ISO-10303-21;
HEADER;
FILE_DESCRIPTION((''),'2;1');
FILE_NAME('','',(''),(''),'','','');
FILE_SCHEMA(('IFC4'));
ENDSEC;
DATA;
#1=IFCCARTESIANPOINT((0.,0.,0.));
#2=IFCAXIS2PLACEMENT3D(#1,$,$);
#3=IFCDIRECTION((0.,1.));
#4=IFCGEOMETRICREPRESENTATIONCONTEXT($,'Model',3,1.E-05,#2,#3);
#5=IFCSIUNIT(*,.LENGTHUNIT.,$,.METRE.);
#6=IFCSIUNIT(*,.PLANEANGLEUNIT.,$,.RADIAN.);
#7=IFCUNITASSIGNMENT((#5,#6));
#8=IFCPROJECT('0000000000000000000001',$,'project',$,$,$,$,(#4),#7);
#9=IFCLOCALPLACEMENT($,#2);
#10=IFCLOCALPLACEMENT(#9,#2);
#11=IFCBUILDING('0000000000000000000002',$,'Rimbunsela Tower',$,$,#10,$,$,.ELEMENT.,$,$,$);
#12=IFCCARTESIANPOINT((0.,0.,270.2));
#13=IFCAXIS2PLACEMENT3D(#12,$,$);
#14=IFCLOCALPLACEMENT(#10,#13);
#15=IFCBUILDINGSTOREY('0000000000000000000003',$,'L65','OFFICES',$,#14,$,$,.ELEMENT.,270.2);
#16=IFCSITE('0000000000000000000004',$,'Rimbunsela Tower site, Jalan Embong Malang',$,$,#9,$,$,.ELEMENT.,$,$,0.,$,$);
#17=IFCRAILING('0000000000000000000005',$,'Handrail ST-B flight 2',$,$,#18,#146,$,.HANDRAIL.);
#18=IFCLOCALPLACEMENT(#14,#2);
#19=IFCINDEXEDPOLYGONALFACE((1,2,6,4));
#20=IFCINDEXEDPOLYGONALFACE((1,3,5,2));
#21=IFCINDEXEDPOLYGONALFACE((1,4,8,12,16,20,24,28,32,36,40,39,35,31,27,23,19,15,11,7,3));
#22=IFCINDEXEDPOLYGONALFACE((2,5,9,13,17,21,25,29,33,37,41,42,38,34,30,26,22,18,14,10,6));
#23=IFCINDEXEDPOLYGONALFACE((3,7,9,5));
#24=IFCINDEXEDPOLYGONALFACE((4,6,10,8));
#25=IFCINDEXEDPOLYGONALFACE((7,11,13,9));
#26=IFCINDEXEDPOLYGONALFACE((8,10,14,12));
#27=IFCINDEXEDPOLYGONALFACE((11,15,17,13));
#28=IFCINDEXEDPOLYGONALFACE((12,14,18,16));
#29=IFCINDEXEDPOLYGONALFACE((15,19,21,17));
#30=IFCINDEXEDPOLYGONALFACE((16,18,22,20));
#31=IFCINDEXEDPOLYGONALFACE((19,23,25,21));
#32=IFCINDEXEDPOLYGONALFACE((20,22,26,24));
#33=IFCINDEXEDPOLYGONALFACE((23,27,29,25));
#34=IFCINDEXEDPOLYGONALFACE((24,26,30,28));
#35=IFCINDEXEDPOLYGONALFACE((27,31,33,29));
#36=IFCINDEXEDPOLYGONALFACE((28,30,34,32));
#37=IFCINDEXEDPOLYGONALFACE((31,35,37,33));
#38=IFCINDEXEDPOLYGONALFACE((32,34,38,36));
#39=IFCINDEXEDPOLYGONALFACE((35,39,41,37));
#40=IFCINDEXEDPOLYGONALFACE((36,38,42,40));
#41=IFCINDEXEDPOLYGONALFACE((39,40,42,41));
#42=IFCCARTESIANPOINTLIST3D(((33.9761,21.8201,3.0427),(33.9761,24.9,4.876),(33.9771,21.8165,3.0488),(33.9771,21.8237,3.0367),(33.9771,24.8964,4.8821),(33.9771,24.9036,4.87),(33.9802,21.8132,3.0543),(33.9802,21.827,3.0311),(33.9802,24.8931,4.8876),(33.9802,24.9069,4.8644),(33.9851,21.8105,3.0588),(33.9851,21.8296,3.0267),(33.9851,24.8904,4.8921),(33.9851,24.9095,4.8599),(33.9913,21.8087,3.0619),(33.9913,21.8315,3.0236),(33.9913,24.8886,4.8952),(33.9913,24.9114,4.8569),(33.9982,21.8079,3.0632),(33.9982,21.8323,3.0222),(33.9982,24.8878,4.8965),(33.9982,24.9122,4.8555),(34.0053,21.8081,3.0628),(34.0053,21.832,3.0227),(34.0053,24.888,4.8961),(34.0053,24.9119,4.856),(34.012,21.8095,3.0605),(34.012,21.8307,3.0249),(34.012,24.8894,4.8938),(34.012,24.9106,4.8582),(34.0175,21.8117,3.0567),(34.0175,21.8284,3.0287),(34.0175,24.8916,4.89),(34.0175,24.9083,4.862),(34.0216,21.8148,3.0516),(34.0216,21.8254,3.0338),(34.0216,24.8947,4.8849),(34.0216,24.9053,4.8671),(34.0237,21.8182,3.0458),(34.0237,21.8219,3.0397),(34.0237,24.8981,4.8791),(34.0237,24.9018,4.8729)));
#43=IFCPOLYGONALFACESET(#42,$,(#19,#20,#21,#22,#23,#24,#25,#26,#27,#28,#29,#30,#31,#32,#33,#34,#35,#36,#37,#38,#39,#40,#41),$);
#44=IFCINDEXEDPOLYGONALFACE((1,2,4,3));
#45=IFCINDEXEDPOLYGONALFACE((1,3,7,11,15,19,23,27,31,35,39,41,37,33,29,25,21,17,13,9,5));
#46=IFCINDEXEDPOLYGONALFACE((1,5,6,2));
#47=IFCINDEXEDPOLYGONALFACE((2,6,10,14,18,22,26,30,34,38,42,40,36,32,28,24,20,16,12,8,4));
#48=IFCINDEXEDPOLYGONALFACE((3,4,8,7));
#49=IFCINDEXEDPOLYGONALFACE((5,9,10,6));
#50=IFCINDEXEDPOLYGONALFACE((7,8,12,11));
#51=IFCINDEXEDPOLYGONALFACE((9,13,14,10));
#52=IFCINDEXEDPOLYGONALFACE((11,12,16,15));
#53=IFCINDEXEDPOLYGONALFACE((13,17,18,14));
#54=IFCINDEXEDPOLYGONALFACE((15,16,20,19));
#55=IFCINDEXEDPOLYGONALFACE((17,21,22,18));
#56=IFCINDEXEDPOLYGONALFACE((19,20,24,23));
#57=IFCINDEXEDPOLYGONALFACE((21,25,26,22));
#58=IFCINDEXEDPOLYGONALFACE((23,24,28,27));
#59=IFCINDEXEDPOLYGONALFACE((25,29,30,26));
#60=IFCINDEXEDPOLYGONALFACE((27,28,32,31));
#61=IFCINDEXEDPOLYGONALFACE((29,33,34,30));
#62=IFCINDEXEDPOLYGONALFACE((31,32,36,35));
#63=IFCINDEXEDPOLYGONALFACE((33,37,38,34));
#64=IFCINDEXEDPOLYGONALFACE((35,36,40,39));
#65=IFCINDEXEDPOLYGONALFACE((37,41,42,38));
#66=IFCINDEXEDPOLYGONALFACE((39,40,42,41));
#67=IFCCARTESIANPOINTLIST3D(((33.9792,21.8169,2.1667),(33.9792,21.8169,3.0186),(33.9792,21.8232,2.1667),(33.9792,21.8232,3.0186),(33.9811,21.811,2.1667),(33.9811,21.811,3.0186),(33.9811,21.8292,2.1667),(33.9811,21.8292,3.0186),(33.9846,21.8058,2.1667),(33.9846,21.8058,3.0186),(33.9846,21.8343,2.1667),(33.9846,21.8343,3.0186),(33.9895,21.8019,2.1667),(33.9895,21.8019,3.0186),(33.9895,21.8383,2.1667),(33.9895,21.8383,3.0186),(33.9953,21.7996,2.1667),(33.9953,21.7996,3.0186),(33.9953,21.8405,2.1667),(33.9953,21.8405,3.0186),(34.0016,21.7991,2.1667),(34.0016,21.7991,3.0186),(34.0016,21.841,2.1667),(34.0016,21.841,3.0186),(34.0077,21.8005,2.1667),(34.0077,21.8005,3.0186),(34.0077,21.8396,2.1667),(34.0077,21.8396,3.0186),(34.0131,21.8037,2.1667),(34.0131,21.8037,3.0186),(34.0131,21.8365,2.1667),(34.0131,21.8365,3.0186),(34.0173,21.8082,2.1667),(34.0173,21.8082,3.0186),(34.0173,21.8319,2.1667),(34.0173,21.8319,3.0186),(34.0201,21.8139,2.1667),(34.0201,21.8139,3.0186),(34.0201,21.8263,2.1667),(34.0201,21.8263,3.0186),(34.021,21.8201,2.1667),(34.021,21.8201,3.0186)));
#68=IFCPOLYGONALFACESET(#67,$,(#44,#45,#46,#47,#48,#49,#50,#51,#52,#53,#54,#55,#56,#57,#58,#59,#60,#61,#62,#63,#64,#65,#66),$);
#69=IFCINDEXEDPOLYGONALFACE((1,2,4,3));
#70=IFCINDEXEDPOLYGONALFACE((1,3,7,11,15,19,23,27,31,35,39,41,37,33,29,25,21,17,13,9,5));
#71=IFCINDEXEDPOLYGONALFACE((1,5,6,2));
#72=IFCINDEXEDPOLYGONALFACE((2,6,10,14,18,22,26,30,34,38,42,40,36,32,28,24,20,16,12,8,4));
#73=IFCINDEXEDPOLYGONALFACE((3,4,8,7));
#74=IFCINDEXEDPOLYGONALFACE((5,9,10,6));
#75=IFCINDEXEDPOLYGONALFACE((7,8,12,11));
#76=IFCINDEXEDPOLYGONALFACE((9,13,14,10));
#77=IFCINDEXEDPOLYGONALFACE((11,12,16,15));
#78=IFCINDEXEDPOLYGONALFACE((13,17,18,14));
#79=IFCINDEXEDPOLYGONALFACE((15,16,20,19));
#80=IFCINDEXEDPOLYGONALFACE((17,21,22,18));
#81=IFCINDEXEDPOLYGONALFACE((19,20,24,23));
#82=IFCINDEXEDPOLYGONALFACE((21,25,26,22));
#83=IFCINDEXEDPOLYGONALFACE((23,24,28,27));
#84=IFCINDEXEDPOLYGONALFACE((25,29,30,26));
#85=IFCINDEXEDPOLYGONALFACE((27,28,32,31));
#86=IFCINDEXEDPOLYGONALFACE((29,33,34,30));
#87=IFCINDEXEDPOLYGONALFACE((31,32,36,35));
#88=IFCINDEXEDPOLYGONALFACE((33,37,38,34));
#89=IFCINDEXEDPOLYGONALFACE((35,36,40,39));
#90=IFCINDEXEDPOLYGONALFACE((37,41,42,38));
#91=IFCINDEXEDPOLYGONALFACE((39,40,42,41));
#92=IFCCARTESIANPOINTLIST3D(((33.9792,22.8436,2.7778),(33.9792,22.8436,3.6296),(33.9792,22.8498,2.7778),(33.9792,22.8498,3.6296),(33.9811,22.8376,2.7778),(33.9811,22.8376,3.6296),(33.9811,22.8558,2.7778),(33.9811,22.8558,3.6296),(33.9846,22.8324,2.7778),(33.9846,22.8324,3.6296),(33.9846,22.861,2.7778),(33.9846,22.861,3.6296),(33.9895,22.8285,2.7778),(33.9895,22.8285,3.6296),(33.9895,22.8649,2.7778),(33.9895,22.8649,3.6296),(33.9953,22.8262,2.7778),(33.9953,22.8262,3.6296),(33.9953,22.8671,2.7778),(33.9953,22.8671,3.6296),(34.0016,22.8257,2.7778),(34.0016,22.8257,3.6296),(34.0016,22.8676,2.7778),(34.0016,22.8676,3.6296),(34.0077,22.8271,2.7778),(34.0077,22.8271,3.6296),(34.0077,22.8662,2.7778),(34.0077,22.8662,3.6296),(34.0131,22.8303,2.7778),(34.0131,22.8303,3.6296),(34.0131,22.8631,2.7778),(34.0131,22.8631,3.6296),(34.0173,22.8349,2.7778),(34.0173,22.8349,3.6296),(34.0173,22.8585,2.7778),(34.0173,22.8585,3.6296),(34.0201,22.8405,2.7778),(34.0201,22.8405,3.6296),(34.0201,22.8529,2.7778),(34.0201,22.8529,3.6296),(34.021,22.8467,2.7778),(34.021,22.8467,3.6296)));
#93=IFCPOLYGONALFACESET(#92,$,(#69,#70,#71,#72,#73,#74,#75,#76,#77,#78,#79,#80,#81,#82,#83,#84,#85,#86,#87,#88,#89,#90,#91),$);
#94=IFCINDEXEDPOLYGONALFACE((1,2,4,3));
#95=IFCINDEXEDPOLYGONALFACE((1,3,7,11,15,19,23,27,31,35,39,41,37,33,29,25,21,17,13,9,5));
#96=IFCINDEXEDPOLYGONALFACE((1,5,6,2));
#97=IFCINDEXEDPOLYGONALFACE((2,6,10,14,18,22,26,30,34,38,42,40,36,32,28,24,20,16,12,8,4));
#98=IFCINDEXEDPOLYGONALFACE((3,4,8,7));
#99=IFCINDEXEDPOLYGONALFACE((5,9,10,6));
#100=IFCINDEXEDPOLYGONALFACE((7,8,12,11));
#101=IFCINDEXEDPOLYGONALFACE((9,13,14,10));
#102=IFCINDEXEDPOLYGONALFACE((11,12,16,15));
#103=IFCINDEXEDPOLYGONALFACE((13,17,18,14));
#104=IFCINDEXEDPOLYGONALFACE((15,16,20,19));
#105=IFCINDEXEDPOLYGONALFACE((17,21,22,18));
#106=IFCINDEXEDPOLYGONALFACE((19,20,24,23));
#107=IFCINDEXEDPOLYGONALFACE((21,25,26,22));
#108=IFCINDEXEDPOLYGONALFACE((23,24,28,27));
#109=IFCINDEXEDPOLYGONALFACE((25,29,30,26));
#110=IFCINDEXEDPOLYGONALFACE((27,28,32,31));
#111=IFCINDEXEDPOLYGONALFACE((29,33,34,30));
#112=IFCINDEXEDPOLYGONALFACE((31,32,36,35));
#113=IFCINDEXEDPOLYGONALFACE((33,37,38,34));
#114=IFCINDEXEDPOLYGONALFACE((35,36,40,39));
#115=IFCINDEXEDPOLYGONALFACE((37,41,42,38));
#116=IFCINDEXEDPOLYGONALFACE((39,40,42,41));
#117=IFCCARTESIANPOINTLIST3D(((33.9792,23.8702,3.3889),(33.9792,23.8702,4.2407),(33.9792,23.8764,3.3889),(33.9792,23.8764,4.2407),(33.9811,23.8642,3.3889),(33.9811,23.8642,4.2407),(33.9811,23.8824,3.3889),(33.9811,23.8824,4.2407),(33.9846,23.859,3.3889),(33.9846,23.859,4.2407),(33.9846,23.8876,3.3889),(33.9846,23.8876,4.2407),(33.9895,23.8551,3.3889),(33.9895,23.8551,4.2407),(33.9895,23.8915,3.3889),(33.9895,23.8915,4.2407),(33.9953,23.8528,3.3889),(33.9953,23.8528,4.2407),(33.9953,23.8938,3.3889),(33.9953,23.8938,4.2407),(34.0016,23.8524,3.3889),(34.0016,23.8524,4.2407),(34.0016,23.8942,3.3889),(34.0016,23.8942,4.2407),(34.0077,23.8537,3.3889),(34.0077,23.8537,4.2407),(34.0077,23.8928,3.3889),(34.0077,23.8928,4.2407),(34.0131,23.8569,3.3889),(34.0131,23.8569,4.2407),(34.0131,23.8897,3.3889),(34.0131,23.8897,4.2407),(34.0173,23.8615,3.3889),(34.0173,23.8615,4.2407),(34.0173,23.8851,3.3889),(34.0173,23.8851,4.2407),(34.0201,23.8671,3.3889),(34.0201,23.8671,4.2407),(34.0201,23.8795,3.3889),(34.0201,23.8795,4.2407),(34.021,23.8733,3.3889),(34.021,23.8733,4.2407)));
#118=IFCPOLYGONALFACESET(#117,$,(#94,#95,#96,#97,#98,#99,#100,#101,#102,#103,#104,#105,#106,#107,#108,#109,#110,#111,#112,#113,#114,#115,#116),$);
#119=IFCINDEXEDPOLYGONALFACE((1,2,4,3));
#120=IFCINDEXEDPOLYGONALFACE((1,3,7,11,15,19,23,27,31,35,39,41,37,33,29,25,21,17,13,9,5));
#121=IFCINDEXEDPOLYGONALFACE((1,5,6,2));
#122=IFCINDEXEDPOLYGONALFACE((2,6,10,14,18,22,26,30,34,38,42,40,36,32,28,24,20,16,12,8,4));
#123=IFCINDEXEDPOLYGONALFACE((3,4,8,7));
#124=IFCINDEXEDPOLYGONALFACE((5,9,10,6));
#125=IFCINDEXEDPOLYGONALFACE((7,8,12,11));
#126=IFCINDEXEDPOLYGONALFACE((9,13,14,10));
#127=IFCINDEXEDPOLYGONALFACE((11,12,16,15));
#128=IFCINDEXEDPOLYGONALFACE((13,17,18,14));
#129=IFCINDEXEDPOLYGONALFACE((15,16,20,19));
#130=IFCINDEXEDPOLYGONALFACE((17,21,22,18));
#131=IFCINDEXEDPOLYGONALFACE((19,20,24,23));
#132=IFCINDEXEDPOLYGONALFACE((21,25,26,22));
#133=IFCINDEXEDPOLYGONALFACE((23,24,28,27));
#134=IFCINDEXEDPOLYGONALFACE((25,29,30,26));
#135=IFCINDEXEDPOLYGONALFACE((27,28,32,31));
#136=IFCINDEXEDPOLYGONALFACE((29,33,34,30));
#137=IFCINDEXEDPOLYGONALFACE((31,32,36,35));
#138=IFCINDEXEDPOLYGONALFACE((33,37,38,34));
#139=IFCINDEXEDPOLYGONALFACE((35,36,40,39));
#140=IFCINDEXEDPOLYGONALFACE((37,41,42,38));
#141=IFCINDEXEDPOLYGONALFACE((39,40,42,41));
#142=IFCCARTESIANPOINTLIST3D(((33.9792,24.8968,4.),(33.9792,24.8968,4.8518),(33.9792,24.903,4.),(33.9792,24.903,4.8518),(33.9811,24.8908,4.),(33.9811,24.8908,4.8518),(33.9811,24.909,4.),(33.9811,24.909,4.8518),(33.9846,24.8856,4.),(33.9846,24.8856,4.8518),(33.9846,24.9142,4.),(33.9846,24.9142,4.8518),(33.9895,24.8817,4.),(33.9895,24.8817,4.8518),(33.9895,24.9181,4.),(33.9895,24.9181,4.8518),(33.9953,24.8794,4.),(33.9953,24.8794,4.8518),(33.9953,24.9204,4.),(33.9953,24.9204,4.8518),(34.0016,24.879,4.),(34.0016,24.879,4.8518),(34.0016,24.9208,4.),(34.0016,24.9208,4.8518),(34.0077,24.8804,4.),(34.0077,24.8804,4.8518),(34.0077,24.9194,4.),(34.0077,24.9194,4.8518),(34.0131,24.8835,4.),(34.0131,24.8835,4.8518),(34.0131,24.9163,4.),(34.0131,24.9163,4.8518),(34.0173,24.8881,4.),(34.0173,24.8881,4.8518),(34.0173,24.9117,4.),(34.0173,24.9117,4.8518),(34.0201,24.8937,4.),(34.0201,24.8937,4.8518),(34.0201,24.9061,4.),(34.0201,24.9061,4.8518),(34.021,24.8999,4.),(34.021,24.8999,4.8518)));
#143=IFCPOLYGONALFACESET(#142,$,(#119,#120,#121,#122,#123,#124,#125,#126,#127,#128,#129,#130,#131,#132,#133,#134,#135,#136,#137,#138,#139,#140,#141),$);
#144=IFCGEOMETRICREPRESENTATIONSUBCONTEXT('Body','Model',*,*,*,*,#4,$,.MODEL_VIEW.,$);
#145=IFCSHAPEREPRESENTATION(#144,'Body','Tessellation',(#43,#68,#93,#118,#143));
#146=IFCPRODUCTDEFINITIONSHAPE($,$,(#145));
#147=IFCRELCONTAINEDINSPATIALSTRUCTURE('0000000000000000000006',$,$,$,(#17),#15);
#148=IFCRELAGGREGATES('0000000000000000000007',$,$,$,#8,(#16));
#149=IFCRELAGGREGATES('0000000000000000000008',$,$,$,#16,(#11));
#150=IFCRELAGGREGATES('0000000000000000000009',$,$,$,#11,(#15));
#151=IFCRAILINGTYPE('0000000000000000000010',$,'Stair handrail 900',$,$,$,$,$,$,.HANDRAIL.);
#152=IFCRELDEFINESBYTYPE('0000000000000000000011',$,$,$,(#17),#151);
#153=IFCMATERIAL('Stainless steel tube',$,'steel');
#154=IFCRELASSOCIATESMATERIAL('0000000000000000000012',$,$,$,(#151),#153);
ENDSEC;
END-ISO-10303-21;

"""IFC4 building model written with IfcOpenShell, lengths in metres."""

from ifc_helpers import new_model, si_unit, direction, frame, origin, origin_2d, place, context, subcontext, project, spatial, circle, extrude, material, type_object, element, save


model = new_model("IFC4")

# Units and contexts
model_context = context("Model", 3, precision=1e-05, world=origin(), true_north=direction((0.0, 1.0)))
body_context = subcontext(model_context, "Body", "Model", "MODEL_VIEW")
ifc_project = project(units=[si_unit("LENGTHUNIT", "METRE"), si_unit("PLANEANGLEUNIT", "RADIAN")], contexts=[model_context])

# Site, building, storey
site_placement = place(None, origin())
site = spatial("IfcSite", under=ifc_project, at=site_placement, Name="Rimbunsela Tower site, Jalan Embong Malang", CompositionType="ELEMENT", RefElevation=0.0)
building_placement = place(site_placement, origin())
building = spatial("IfcBuilding", under=site, at=building_placement, Name="Rimbunsela Tower", CompositionType="ELEMENT")
storey_placement = place(building_placement, frame((0.0, 0.0, 270.2)))
storey = spatial("IfcBuildingStorey", under=building, at=storey_placement, Name="L65", Description="OFFICES", CompositionType="ELEMENT", Elevation=270.2)

# Railing
ifc_material_1 = material(Name="Stainless steel tube", Category="steel")
railing_type = type_object("IfcRailingType", Name="Stair handrail 900", PredefinedType="HANDRAIL", material=ifc_material_1)
railing_placement = place(storey_placement, frame((34.0, 21.8201, 2.1667)))
element("IfcRailing", 1, at=railing_placement, inside=storey, type_object=railing_type, Name="Handrail ST-B flight 2", PredefinedType="HANDRAIL", context=body_context, shape_type="SweptSolid", body=[
    extrude(circle(Radius=0.0239, at=origin_2d()), frame((0.0, 0.0, 0.876), z_axis=(0.0, 0.859291, 0.511487), x_axis=(-1.0, 0.0, 0.0)), (0.0, 0.0, 1.0), 3.5842),
    extrude(circle(Radius=0.021, at=origin_2d()), origin(), (0.0, 0.0, 1.0), 0.8518),
    extrude(circle(Radius=0.021, at=origin_2d()), frame((0.0, 1.0266, 0.6111)), (0.0, 0.0, 1.0), 0.8518),
    extrude(circle(Radius=0.021, at=origin_2d()), frame((0.0, 2.0532, 1.2222)), (0.0, 0.0, 1.0), 0.8518),
    extrude(circle(Radius=0.021, at=origin_2d()), frame((0.0, 3.0798, 1.8333)), (0.0, 0.0, 1.0), 0.8518),
])

save(model, "model.ifc")
